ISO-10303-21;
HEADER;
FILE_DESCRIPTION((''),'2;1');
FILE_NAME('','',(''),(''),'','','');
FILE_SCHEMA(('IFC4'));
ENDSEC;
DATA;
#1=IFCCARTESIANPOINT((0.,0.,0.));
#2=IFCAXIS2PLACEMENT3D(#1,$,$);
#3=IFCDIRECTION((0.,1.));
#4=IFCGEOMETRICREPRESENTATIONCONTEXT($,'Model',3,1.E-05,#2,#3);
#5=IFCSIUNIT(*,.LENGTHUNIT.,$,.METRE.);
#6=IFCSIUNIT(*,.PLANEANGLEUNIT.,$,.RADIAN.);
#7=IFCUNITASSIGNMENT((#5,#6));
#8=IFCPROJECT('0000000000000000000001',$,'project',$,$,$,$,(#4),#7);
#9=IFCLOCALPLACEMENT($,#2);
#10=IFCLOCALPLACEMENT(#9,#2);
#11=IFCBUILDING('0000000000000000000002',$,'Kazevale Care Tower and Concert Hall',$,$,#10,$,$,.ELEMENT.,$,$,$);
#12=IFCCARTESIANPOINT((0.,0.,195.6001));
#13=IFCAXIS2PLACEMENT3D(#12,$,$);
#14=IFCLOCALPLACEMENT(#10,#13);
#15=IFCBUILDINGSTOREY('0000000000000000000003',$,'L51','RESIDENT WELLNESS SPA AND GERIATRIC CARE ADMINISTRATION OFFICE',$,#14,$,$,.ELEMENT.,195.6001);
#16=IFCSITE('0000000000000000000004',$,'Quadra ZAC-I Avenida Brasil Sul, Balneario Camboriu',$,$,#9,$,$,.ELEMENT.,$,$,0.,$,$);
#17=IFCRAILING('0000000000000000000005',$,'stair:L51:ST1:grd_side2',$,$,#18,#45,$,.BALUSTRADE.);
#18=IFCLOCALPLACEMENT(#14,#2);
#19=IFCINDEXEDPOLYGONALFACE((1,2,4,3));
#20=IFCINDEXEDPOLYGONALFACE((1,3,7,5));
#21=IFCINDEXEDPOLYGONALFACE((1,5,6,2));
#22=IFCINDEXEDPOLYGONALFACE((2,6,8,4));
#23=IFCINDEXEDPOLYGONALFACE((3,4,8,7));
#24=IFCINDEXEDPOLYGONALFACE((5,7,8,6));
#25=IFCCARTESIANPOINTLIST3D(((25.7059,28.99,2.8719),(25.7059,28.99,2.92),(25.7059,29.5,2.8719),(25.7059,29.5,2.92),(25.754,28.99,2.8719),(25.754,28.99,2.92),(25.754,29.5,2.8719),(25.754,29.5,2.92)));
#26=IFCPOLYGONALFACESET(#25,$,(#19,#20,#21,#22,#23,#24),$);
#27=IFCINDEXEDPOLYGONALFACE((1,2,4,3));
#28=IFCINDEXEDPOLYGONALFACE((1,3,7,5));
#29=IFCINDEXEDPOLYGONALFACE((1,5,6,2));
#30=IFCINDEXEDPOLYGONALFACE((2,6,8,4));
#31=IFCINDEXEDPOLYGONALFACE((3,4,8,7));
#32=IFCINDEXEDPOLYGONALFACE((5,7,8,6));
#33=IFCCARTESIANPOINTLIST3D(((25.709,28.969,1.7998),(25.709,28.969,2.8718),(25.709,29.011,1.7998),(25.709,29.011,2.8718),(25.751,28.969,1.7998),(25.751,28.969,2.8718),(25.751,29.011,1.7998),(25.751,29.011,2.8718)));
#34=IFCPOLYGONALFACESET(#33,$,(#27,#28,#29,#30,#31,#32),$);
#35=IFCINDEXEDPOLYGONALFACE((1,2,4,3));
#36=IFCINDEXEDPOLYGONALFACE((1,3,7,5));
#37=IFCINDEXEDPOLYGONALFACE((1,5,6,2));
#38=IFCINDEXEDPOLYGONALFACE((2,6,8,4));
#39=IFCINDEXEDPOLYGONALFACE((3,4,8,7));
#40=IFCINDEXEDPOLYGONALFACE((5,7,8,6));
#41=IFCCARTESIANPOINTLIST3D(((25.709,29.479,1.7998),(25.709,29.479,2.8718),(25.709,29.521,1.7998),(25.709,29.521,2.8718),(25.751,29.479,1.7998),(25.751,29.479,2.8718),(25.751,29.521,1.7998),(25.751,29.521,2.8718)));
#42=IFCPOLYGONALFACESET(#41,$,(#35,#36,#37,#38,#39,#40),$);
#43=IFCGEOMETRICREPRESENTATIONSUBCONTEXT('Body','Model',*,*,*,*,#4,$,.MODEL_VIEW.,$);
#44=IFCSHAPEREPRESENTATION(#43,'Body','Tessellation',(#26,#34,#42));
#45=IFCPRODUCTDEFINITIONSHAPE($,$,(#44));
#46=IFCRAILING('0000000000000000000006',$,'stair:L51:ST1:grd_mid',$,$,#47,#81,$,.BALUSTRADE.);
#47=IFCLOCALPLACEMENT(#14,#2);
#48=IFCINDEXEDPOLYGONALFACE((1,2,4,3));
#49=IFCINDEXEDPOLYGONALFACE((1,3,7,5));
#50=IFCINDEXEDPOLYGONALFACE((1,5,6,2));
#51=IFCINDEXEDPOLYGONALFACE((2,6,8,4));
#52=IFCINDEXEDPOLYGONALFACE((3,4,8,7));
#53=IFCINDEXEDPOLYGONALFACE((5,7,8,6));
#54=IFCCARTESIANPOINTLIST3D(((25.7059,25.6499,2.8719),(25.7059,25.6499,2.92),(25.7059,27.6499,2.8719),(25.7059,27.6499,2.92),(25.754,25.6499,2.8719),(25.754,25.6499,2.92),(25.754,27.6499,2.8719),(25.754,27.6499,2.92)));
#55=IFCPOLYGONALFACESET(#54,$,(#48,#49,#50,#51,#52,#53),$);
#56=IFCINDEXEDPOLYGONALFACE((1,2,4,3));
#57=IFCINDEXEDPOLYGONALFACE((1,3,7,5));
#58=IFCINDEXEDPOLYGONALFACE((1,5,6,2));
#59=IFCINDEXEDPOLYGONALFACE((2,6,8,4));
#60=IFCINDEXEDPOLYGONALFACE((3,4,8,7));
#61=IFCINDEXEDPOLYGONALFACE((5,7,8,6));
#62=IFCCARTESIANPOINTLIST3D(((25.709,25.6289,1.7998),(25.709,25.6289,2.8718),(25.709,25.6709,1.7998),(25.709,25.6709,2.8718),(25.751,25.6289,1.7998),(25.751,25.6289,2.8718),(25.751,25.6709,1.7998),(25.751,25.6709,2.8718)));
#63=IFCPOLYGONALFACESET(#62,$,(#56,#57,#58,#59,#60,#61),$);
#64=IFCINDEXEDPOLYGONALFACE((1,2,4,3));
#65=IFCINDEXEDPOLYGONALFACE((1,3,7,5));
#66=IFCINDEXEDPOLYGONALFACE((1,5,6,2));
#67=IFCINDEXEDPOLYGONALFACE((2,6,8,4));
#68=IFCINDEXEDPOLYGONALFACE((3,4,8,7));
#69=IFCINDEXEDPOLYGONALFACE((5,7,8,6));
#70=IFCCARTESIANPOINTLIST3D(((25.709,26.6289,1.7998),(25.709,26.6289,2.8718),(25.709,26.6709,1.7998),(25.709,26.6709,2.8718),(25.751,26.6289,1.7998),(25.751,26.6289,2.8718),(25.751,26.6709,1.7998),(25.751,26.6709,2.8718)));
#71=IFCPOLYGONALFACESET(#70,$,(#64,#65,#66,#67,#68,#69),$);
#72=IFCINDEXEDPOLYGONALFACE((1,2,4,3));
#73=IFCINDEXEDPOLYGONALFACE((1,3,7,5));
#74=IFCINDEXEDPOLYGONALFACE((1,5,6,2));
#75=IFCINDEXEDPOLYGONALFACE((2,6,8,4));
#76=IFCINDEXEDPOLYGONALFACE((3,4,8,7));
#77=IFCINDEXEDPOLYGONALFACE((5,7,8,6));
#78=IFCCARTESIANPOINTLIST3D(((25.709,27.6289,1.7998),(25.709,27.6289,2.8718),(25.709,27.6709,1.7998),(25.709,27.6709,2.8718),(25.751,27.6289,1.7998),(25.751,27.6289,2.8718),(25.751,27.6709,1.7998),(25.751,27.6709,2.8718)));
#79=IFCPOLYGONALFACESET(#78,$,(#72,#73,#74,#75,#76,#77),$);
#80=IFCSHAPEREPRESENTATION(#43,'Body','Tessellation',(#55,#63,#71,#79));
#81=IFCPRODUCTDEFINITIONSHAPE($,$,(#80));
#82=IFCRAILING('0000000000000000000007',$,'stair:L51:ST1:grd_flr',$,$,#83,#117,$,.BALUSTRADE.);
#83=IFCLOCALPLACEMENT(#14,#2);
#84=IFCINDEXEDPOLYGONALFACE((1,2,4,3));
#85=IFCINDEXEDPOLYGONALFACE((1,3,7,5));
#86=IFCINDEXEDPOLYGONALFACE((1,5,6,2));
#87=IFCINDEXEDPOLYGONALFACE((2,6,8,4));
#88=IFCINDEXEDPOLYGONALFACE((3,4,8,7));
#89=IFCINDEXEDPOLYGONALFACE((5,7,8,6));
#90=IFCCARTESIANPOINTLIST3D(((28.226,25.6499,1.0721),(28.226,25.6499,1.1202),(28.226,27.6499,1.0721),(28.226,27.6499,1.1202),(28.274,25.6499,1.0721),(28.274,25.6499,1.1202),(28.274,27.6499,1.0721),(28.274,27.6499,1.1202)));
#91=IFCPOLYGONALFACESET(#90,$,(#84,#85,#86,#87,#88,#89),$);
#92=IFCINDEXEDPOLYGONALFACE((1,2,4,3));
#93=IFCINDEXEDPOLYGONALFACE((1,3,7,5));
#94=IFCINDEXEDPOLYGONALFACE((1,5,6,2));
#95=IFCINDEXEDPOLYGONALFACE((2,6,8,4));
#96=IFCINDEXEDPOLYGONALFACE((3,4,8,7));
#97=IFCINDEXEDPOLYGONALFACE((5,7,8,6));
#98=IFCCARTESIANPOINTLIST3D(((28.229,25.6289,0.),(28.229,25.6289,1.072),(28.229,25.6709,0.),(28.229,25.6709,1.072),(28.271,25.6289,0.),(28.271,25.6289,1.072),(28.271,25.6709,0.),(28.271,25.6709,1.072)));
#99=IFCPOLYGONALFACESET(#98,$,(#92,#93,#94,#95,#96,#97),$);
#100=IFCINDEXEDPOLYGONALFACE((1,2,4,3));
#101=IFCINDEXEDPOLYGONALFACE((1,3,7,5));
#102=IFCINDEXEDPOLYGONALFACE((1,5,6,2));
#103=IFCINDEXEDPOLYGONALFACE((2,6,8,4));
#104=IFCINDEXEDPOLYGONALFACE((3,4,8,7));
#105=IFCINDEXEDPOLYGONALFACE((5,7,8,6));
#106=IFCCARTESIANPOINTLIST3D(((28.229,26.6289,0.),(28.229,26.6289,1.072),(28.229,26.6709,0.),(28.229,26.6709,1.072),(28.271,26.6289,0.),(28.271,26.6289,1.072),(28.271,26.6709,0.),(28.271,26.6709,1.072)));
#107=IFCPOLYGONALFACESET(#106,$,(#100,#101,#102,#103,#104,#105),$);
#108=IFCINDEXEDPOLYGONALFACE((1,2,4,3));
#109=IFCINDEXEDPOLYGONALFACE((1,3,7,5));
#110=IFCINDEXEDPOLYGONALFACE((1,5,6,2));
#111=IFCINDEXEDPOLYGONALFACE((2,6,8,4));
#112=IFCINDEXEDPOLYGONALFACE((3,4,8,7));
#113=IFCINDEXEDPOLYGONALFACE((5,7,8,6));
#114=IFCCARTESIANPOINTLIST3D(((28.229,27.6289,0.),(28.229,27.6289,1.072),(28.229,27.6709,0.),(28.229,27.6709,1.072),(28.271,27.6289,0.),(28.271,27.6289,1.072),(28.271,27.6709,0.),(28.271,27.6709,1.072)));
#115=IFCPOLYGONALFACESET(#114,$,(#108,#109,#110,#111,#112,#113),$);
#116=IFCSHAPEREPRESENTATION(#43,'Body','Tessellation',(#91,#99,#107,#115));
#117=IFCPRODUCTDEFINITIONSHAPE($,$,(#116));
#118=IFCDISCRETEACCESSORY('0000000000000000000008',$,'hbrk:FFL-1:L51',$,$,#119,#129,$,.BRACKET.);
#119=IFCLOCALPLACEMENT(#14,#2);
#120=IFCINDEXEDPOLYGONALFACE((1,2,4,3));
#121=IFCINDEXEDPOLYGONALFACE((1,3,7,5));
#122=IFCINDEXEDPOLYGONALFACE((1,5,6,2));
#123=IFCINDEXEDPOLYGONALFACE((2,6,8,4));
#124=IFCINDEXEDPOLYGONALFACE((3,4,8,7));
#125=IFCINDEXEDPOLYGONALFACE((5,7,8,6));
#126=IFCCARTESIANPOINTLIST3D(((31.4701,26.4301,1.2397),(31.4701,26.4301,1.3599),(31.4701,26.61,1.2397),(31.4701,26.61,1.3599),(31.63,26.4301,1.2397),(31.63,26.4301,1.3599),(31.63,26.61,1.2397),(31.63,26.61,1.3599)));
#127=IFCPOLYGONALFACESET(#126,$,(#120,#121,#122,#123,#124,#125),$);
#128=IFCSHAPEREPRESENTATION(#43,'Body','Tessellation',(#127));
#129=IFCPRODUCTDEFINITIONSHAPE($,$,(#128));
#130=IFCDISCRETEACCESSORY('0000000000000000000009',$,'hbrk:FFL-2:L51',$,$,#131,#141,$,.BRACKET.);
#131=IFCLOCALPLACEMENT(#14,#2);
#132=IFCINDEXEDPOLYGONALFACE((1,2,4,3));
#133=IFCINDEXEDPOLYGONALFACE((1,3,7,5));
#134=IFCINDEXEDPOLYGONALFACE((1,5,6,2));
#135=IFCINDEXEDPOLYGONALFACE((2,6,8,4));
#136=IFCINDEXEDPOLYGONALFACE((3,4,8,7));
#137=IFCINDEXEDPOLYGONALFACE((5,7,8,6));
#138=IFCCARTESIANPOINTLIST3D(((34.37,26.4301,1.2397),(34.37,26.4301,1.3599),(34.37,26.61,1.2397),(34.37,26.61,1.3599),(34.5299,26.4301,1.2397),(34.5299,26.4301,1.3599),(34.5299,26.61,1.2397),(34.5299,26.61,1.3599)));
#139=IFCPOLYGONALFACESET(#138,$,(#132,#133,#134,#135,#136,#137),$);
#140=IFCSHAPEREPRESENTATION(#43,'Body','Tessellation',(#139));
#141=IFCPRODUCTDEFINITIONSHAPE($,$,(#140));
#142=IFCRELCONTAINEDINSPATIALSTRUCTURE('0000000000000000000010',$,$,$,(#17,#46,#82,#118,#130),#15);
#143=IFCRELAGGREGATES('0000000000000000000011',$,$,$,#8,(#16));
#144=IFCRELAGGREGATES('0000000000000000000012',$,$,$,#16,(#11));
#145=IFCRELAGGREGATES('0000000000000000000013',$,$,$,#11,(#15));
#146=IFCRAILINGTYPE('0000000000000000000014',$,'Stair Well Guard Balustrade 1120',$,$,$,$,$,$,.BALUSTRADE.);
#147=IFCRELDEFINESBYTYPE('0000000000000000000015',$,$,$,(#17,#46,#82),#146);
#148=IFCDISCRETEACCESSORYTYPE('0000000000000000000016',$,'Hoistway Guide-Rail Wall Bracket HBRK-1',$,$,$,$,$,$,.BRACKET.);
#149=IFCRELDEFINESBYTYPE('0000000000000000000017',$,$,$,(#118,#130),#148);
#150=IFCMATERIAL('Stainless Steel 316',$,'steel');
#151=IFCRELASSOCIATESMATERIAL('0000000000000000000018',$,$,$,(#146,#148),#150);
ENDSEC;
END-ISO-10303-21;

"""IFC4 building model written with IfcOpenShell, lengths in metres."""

from ifc_helpers import new_model, si_unit, direction, frame, origin, origin_2d, place, context, subcontext, project, spatial, rectangle, extrude, material, type_object, element, save


model = new_model("IFC4")

# Units and contexts
model_context = context("Model", 3, precision=1e-05, world=origin(), true_north=direction((0.0, 1.0)))
body_context = subcontext(model_context, "Body", "Model", "MODEL_VIEW")
ifc_project = project(units=[si_unit("LENGTHUNIT", "METRE"), si_unit("PLANEANGLEUNIT", "RADIAN")], contexts=[model_context])

# Site, building, storey
site_placement = place(None, origin())
site = spatial("IfcSite", under=ifc_project, at=site_placement, Name="Quadra ZAC-I Avenida Brasil Sul, Balneario Camboriu", CompositionType="ELEMENT", RefElevation=0.0)
building_placement = place(site_placement, origin())
building = spatial("IfcBuilding", under=site, at=building_placement, Name="Kazevale Care Tower and Concert Hall", CompositionType="ELEMENT")
storey_placement = place(building_placement, frame((0.0, 0.0, 195.6001)))
storey = spatial("IfcBuildingStorey", under=building, at=storey_placement, Name="L51", Description="RESIDENT WELLNESS SPA AND GERIATRIC CARE ADMINISTRATION OFFICE", CompositionType="ELEMENT", Elevation=195.6001)

# Shared definitions
ifc_material_1 = material(Name="Stainless Steel 316", Category="steel")

# Railings
railing_type_1 = type_object("IfcRailingType", Name="Stair Well Guard Balustrade 1120", PredefinedType="BALUSTRADE", material=ifc_material_1)
railing_1_placement = place(storey_placement, frame((25.73, 28.99, 1.7998)))
element("IfcRailing", 1, at=railing_1_placement, inside=storey, type_object=railing_type_1, Name="stair:L51:ST1:grd_side2", PredefinedType="BALUSTRADE", context=body_context, shape_type="SweptSolid", body=[
    extrude(rectangle(XDim=0.0481, YDim=0.0481, at=origin_2d()), frame((0.0, 0.0, 1.0962), z_axis=(0.0, 1.0, 0.0), x_axis=(-1.0, 0.0, 0.0)), (0.0, 0.0, 1.0), 0.51),
    extrude(rectangle(XDim=0.042, YDim=0.042, at=origin_2d()), origin(), (0.0, 0.0, 1.0), 1.072),
    extrude(rectangle(XDim=0.042, YDim=0.042, at=origin_2d()), frame((0.0, 0.51, 0.0)), (0.0, 0.0, 1.0), 1.072),
])
for number, where, name in (
    (2, (25.73, 25.6499, 1.7998), "stair:L51:ST1:grd_mid"),
    (3, (28.25, 25.6499, 0.0), "stair:L51:ST1:grd_flr"),
):
    element("IfcRailing", number, at=place(storey_placement, frame(where)), inside=storey, type_object=railing_type_1, Name=name, PredefinedType="BALUSTRADE", context=body_context, shape_type="SweptSolid", body=[
        extrude(rectangle(XDim=0.0481, YDim=0.0481, at=origin_2d()), frame((0.0, 0.0, 1.0962), z_axis=(0.0, 1.0, 0.0), x_axis=(-1.0, 0.0, 0.0)), (0.0, 0.0, 1.0), 2.0),
        extrude(rectangle(XDim=0.042, YDim=0.042, at=origin_2d()), origin(), (0.0, 0.0, 1.0), 1.072),
        extrude(rectangle(XDim=0.042, YDim=0.042, at=origin_2d()), frame((0.0, 1.0, 0.0)), (0.0, 0.0, 1.0), 1.072),
        extrude(rectangle(XDim=0.042, YDim=0.042, at=origin_2d()), frame((0.0, 2.0, 0.0)), (0.0, 0.0, 1.0), 1.072),
    ])

# Discrete accessories
discrete_accessory_type = type_object("IfcDiscreteAccessoryType", Name="Hoistway Guide-Rail Wall Bracket HBRK-1", PredefinedType="BRACKET", material=ifc_material_1)
for number, where, z_axis, x_axis, name in (
    (4, (31.55, 26.52, 1.2397), (0.0, 0.0, 1.0), (1.0, 0.0, 0.0), "hbrk:FFL-1:L51"),
    (5, (34.45, 26.52, 1.2397), (0.0, 0.0, 1.0), (1.0, 0.0, 0.0), "hbrk:FFL-2:L51"),
):
    element("IfcDiscreteAccessory", number, at=place(storey_placement, frame(where, z_axis=z_axis, x_axis=x_axis)), inside=storey, type_object=discrete_accessory_type, Name=name, PredefinedType="BRACKET", context=body_context, shape_type="SweptSolid", body=[
        extrude(rectangle(XDim=0.1599, YDim=0.1799, at=origin_2d()), origin(), (0.0, 0.0, 1.0), 0.1201),
    ])

save(model, "model.ifc")
